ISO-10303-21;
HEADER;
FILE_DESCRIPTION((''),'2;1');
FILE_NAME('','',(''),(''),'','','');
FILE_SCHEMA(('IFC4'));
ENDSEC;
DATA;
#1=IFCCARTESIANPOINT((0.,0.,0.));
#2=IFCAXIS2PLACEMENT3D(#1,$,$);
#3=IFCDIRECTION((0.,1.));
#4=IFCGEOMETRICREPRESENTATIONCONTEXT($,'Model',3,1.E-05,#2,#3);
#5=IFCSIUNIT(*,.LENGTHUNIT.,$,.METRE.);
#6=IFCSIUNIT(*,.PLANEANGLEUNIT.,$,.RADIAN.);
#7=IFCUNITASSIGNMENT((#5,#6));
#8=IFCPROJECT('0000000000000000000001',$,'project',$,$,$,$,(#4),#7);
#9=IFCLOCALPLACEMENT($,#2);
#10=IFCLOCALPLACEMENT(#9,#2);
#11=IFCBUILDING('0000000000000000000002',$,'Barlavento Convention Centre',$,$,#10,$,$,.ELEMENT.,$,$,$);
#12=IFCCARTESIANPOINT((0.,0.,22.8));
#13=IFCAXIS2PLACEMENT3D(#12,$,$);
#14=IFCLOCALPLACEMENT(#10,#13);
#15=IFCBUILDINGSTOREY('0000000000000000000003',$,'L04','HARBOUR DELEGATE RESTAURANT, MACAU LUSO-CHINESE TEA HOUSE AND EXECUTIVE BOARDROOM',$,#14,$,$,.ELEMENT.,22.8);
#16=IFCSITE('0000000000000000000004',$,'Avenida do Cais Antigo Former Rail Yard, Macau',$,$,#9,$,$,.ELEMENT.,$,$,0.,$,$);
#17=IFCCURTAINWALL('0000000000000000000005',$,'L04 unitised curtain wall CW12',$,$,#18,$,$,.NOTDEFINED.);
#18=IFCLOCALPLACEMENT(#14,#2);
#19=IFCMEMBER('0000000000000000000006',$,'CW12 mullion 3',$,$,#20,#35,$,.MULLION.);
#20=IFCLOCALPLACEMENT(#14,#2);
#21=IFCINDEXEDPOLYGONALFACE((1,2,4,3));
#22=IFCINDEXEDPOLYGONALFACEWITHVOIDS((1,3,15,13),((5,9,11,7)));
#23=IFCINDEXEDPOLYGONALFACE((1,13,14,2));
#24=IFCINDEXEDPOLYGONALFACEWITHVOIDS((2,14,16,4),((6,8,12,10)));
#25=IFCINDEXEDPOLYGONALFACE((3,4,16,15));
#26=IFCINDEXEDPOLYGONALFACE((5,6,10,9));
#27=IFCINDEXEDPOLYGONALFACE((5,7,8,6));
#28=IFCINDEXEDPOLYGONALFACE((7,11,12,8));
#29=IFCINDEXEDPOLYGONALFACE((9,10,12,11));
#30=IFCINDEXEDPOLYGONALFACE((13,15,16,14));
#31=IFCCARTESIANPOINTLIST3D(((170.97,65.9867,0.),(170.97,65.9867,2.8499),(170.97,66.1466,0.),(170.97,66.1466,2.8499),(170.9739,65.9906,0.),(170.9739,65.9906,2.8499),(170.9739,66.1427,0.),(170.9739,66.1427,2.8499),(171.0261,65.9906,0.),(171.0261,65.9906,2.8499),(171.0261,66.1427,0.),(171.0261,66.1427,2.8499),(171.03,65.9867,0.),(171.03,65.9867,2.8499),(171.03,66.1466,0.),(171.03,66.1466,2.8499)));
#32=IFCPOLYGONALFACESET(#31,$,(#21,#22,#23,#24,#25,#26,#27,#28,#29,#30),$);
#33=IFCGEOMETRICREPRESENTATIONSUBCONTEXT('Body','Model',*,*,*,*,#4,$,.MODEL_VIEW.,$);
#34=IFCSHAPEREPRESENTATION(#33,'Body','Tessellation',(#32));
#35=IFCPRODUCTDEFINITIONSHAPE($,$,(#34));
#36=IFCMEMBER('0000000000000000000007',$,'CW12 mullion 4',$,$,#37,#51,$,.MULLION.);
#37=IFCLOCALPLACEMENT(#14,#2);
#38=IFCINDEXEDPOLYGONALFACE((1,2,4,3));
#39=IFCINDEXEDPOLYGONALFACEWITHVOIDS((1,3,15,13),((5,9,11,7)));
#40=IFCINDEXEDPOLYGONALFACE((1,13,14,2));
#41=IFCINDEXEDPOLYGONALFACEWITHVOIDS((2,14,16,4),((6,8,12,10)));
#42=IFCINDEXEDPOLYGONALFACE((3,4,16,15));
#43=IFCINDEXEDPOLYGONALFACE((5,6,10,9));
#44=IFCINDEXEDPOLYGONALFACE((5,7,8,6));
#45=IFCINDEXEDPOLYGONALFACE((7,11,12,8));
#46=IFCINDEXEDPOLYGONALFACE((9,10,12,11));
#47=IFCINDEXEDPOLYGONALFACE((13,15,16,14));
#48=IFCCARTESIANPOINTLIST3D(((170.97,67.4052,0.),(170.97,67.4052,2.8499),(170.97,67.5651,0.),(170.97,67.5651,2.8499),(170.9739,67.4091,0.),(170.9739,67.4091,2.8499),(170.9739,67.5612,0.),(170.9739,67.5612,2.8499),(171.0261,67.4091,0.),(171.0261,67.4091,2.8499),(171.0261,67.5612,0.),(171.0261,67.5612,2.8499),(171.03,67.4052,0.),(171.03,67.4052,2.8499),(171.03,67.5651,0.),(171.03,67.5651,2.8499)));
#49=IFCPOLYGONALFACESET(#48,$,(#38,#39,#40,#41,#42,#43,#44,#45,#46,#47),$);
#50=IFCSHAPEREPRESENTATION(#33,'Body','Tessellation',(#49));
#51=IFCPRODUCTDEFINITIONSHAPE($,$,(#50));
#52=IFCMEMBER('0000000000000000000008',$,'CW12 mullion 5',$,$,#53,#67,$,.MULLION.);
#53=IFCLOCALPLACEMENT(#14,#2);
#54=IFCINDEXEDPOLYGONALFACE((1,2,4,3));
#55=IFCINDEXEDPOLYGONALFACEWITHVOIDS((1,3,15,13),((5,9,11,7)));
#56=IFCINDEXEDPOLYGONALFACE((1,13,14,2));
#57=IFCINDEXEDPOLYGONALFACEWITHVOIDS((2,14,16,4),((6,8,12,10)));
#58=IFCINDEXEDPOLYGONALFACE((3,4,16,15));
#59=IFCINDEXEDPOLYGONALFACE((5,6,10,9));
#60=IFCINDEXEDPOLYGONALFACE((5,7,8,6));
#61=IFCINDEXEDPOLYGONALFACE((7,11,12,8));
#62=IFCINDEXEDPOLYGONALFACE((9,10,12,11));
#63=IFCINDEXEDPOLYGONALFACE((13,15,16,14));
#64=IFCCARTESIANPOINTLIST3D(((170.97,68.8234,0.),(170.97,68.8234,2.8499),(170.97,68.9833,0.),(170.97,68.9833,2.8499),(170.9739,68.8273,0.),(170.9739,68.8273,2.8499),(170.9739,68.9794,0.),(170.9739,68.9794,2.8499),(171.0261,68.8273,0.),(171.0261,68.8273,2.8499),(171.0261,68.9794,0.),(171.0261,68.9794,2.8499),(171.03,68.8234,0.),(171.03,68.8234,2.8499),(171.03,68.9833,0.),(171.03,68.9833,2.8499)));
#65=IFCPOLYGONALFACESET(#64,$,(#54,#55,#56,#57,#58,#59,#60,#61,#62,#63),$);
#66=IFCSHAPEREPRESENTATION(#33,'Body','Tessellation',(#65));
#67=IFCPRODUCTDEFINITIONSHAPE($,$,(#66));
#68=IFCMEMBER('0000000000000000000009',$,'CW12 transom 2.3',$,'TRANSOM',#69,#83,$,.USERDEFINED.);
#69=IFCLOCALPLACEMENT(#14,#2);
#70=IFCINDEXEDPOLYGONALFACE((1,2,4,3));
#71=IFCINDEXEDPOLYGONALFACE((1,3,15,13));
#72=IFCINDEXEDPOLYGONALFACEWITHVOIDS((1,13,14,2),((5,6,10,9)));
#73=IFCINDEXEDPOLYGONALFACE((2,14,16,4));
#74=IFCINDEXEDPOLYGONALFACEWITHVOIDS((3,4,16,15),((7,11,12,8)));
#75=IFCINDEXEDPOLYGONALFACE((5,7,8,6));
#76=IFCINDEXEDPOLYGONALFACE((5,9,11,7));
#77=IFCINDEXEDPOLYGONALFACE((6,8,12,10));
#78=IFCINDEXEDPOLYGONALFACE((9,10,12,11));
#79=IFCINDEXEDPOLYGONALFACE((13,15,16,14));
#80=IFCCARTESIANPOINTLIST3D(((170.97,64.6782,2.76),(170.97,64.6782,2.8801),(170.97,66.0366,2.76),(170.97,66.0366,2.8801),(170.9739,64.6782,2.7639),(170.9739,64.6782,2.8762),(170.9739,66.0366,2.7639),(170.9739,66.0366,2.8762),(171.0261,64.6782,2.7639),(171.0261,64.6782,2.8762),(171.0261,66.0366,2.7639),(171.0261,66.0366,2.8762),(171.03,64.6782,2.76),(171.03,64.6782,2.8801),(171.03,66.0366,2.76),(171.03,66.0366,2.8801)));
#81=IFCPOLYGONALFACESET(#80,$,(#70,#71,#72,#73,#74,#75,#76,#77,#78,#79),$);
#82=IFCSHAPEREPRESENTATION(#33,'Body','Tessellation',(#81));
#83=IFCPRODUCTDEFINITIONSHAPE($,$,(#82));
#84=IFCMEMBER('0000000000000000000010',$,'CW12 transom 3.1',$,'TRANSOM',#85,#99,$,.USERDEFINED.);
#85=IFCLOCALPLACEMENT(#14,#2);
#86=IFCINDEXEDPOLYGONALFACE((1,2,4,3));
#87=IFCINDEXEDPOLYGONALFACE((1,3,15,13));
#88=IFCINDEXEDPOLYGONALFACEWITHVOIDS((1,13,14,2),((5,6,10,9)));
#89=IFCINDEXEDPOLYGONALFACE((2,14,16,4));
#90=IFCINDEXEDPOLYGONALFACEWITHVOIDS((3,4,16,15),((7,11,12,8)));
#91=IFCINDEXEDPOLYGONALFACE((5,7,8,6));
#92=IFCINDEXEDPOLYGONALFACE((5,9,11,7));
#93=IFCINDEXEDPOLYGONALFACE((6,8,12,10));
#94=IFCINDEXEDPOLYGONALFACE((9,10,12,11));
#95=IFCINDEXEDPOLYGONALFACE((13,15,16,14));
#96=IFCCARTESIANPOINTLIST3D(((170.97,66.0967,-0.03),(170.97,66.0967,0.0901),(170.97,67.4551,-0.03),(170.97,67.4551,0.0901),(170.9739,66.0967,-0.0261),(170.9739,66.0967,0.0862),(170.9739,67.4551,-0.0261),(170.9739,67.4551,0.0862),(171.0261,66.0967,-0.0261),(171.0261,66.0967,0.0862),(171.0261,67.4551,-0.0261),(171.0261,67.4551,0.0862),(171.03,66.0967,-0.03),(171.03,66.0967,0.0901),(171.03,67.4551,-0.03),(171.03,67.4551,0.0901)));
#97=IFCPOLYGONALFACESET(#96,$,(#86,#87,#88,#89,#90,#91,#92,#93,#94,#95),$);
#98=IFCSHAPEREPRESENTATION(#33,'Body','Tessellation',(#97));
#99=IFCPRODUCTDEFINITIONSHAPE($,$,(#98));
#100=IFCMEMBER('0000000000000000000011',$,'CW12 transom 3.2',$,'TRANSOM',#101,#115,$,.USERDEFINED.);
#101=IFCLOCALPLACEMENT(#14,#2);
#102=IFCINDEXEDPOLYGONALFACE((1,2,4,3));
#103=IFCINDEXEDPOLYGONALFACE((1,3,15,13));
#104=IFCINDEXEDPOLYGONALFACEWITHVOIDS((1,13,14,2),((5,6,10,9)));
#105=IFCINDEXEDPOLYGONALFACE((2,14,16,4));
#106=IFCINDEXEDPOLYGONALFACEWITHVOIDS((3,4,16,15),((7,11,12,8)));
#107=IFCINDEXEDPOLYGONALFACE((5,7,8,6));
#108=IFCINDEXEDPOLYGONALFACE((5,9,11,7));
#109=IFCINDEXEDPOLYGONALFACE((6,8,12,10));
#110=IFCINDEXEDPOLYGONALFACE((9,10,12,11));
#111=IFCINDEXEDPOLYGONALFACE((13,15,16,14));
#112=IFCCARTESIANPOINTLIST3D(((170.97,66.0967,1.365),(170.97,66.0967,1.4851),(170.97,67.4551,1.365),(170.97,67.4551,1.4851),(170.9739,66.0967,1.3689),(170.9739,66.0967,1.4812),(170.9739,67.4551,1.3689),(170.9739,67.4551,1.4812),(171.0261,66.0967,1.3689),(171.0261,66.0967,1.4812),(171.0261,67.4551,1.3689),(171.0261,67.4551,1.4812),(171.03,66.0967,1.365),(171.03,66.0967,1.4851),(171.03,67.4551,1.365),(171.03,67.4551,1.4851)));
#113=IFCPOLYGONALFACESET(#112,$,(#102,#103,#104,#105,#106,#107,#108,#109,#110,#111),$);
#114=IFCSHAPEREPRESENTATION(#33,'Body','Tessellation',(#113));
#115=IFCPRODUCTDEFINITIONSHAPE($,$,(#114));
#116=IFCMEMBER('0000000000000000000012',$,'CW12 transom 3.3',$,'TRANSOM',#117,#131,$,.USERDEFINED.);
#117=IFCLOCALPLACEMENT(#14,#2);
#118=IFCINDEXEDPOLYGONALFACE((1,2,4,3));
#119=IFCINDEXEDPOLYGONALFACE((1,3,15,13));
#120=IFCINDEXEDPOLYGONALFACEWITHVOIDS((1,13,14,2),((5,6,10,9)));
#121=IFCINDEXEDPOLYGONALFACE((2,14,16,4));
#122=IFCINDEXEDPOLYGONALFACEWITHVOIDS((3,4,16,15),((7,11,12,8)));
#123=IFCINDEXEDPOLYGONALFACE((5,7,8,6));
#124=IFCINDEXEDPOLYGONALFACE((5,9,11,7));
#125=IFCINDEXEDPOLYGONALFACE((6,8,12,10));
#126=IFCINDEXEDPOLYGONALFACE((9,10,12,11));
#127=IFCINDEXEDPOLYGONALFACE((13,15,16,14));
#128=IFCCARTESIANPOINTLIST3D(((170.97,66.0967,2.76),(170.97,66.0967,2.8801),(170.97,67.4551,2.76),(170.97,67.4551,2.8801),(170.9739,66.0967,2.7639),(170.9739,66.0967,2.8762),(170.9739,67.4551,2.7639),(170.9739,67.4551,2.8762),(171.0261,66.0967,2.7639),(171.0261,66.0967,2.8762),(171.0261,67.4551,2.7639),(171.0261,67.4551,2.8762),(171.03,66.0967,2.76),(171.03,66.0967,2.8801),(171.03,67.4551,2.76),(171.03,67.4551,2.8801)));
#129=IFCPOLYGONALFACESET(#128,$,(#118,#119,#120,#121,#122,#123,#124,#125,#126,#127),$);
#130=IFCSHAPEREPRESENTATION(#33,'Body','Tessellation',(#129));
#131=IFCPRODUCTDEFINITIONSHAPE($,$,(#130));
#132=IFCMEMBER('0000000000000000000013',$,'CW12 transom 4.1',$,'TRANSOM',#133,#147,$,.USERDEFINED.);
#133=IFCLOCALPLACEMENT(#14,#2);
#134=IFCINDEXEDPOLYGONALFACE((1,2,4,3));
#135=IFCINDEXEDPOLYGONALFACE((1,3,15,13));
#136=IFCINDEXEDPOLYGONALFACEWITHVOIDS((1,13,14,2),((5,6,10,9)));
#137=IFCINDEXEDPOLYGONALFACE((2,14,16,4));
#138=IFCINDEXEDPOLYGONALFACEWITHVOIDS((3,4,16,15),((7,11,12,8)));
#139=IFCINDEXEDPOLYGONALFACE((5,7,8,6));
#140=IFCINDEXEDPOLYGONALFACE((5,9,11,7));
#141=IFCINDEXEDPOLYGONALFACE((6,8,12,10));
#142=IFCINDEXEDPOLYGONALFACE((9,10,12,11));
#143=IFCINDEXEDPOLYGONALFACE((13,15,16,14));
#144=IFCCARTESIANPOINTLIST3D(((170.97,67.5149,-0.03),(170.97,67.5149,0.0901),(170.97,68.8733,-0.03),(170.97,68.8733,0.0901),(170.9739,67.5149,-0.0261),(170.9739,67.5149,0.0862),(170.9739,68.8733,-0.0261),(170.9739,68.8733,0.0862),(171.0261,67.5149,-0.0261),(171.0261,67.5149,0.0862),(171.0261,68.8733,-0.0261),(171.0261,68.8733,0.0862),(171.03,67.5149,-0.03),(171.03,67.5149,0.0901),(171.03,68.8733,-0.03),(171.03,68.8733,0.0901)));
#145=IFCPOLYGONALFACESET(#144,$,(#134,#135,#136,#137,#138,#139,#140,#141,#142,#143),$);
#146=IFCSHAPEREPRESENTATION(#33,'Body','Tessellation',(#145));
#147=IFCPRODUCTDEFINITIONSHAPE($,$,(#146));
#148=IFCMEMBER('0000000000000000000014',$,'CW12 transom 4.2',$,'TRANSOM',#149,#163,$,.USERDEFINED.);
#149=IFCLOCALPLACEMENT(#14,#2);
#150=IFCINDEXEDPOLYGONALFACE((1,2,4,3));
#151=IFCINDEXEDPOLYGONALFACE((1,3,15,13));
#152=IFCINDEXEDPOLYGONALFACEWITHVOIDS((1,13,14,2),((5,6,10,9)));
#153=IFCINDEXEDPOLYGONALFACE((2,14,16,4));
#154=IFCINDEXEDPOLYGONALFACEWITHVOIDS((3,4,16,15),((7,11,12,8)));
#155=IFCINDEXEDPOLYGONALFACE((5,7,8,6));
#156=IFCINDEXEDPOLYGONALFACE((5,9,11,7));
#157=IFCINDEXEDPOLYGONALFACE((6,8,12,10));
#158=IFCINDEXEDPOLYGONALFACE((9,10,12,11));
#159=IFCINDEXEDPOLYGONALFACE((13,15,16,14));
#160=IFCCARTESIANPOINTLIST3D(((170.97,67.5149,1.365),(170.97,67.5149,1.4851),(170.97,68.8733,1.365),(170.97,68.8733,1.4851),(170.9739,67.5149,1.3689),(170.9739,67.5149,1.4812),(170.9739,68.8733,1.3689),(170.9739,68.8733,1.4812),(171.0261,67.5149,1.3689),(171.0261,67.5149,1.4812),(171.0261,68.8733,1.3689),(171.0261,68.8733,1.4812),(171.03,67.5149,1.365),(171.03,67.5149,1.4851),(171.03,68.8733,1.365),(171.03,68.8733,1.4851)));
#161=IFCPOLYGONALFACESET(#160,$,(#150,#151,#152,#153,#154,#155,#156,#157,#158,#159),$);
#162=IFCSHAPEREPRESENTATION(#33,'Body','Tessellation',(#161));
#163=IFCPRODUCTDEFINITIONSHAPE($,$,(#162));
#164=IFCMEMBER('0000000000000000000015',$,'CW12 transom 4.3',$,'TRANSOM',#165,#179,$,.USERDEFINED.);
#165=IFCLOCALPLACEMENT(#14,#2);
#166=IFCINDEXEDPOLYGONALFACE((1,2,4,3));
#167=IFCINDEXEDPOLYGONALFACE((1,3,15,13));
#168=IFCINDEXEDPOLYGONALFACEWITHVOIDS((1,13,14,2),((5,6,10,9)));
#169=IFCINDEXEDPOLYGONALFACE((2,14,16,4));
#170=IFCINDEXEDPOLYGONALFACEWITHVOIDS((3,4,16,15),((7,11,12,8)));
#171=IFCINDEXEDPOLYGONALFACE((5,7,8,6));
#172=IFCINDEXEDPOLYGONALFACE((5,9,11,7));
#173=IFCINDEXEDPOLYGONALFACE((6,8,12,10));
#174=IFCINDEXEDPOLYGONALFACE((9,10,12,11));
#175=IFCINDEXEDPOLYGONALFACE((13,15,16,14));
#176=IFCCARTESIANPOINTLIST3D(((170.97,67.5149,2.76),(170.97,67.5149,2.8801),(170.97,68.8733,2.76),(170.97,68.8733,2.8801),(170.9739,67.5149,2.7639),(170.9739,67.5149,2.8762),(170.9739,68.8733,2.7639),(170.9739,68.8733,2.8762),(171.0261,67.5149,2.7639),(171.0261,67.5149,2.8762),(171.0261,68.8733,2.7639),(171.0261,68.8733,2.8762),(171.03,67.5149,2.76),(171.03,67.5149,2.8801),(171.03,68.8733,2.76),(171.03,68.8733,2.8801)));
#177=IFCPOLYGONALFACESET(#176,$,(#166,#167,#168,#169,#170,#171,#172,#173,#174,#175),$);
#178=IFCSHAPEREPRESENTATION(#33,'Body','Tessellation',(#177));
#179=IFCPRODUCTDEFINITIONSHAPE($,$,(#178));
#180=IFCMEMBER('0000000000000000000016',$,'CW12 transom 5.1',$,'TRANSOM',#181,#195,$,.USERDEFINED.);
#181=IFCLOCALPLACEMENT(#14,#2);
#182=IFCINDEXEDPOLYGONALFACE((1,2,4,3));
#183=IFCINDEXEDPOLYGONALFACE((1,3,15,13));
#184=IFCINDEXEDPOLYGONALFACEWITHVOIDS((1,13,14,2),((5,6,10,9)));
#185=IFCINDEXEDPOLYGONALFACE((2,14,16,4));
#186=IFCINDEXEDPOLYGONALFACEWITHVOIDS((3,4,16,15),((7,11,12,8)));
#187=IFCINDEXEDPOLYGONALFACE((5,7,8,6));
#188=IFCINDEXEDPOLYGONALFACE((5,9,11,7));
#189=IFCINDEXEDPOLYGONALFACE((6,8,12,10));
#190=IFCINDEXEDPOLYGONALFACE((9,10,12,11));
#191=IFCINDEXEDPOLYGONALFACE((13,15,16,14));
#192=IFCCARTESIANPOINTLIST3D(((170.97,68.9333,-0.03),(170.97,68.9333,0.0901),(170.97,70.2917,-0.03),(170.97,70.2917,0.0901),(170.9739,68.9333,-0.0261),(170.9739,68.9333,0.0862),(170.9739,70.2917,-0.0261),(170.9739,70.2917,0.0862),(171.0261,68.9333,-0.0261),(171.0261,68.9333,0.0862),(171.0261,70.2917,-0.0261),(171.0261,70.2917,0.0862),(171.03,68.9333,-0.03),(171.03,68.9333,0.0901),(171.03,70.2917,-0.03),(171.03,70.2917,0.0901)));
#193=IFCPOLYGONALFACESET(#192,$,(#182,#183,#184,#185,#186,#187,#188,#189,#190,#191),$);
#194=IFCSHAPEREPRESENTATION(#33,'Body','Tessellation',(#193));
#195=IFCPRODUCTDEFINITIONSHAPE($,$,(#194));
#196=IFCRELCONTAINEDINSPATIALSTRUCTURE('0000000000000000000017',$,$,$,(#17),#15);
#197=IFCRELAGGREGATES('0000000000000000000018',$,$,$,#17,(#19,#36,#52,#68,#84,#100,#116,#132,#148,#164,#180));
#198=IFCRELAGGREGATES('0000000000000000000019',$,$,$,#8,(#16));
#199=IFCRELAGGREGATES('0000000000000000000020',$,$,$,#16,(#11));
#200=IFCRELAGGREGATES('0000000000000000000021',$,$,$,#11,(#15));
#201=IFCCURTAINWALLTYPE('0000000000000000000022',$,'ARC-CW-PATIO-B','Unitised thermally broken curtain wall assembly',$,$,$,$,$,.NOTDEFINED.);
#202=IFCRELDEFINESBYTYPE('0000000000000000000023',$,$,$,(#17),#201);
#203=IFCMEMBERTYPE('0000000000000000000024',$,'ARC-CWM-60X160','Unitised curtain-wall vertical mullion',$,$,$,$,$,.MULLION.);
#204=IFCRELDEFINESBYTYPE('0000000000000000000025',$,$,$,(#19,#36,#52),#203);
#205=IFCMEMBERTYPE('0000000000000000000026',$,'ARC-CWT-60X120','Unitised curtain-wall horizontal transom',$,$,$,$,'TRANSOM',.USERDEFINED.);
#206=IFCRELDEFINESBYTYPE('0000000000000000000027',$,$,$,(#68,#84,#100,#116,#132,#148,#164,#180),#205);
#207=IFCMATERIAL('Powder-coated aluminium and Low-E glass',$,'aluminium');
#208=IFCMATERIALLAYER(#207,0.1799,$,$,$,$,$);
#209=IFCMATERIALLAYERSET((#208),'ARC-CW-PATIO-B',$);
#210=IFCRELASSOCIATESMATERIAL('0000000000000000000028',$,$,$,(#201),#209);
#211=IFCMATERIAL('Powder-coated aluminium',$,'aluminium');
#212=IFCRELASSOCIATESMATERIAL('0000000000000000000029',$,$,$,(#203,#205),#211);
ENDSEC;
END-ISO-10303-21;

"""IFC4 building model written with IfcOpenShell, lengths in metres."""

from ifc_helpers import new_model, si_unit, direction, frame, origin, origin_2d, place, context, subcontext, project, spatial, hollow_rectangle, extrude, material, layer, layer_set, material_profile, profile_set, type_object, element, aggregate, save


model = new_model("IFC4")

# Units and contexts
model_context = context("Model", 3, precision=1e-05, world=origin(), true_north=direction((0.0, 1.0)))
body_context = subcontext(model_context, "Body", "Model", "MODEL_VIEW")
ifc_project = project(units=[si_unit("LENGTHUNIT", "METRE"), si_unit("PLANEANGLEUNIT", "RADIAN")], contexts=[model_context])

# Site, building, storey
site_placement = place(None, origin())
site = spatial("IfcSite", under=ifc_project, at=site_placement, Name="Avenida do Cais Antigo Former Rail Yard, Macau", CompositionType="ELEMENT", RefElevation=0.0)
building_placement = place(site_placement, origin())
building = spatial("IfcBuilding", under=site, at=building_placement, Name="Barlavento Convention Centre", CompositionType="ELEMENT")
storey_placement = place(building_placement, frame((0.0, 0.0, 22.8)))
storey = spatial("IfcBuildingStorey", under=building, at=storey_placement, Name="L04", Description="HARBOUR DELEGATE RESTAURANT, MACAU LUSO-CHINESE TEA HOUSE AND EXECUTIVE BOARDROOM", CompositionType="ELEMENT", Elevation=22.8)

# Curtain wall, members
ifc_material_1 = material(Name="Powder-coated aluminium and Low-E glass", Category="aluminium")
ifc_layer_1 = layer(ifc_material_1, 0.1799)
ifc_layer_set_1 = layer_set([ifc_layer_1], Name="ARC-CW-PATIO-B")
curtain_wall_type = type_object("IfcCurtainWallType", Name="ARC-CW-PATIO-B", Description="Unitised thermally broken curtain wall assembly", PredefinedType="NOTDEFINED", material=ifc_layer_set_1)
curtain_wall_placement = place(storey_placement, origin())
curtain_wall = element("IfcCurtainWall", 1, at=curtain_wall_placement, inside=storey, type_object=curtain_wall_type, Name="L04 unitised curtain wall CW12", PredefinedType="NOTDEFINED")
ifc_material_2 = material(Name="Powder-coated aluminium", Category="aluminium")
ifc_material_profile_1 = material_profile(ifc_material_2, hollow_rectangle(XDim=0.0601, YDim=0.1599, WallThickness=0.0039, at=origin_2d()), Name="AL-MULL 60x160x4")
ifc_profile_set_1 = profile_set([ifc_material_profile_1], Name="Powder-coated aluminium")
member_type_1 = type_object("IfcMemberType", Name="ARC-CWM-60X160", Description="Unitised curtain-wall vertical mullion", PredefinedType="MULLION", material=ifc_profile_set_1)
member_1_placement = place(storey_placement, frame((171.0, 66.0667, 0.0), z_axis=(0.0, 0.0, 1.0), x_axis=(-1.0, 0.0, 0.0)))
member_1 = element("IfcMember", 2, at=member_1_placement, type_object=member_type_1, Name="CW12 mullion 3", PredefinedType="MULLION", context=body_context, shape_type="SweptSolid", body=[
    extrude(hollow_rectangle(XDim=0.0601, YDim=0.1599, WallThickness=0.0039, at=origin_2d()), origin(), (0.0, 0.0, 1.0), 2.8499),
])
member_2_placement = place(storey_placement, frame((171.0, 67.4851, 0.0), z_axis=(0.0, 0.0, 1.0), x_axis=(-1.0, 0.0, 0.0)))
member_2 = element("IfcMember", 3, at=member_2_placement, type_object=member_type_1, Name="CW12 mullion 4", PredefinedType="MULLION", context=body_context, shape_type="SweptSolid", body=[
    extrude(hollow_rectangle(XDim=0.0601, YDim=0.1599, WallThickness=0.0039, at=origin_2d()), origin(), (0.0, 0.0, 1.0), 2.8499),
])
member_3_placement = place(storey_placement, frame((171.0, 68.9033, 0.0), z_axis=(0.0, 0.0, 1.0), x_axis=(-1.0, 0.0, 0.0)))
member_3 = element("IfcMember", 4, at=member_3_placement, type_object=member_type_1, Name="CW12 mullion 5", PredefinedType="MULLION", context=body_context, shape_type="SweptSolid", body=[
    extrude(hollow_rectangle(XDim=0.0601, YDim=0.1599, WallThickness=0.0039, at=origin_2d()), origin(), (0.0, 0.0, 1.0), 2.8499),
])
ifc_material_profile_2 = material_profile(ifc_material_2, hollow_rectangle(XDim=0.0601, YDim=0.1201, WallThickness=0.0039, at=origin_2d()), Name="AL-TRAN 60x120x4")
ifc_profile_set_2 = profile_set([ifc_material_profile_2], Name="Powder-coated aluminium")
member_type_2 = type_object("IfcMemberType", Name="ARC-CWT-60X120", Description="Unitised curtain-wall horizontal transom", ElementType="TRANSOM", PredefinedType="USERDEFINED", material=ifc_profile_set_2)
member_4_placement = place(storey_placement, frame((171.0, 64.6782, 2.8201), z_axis=(0.0, 1.0, 0.0), x_axis=(-1.0, 0.0, 0.0)))
member_4 = element("IfcMember", 5, at=member_4_placement, type_object=member_type_2, Name="CW12 transom 2.3", ObjectType="TRANSOM", PredefinedType="USERDEFINED", context=body_context, shape_type="SweptSolid", body=[
    extrude(hollow_rectangle(XDim=0.0601, YDim=0.1201, WallThickness=0.0039, at=origin_2d()), origin(), (0.0, 0.0, 1.0), 1.3584),
])
member_5_placement = place(storey_placement, frame((171.0, 66.0967, 0.03), z_axis=(0.0, 1.0, 0.0), x_axis=(-1.0, 0.0, 0.0)))
member_5 = element("IfcMember", 6, at=member_5_placement, type_object=member_type_2, Name="CW12 transom 3.1", ObjectType="TRANSOM", PredefinedType="USERDEFINED", context=body_context, shape_type="SweptSolid", body=[
    extrude(hollow_rectangle(XDim=0.0601, YDim=0.1201, WallThickness=0.0039, at=origin_2d()), origin(), (0.0, 0.0, 1.0), 1.3584),
])
member_6_placement = place(storey_placement, frame((171.0, 66.0967, 1.425), z_axis=(0.0, 1.0, 0.0), x_axis=(-1.0, 0.0, 0.0)))
member_6 = element("IfcMember", 7, at=member_6_placement, type_object=member_type_2, Name="CW12 transom 3.2", ObjectType="TRANSOM", PredefinedType="USERDEFINED", context=body_context, shape_type="SweptSolid", body=[
    extrude(hollow_rectangle(XDim=0.0601, YDim=0.1201, WallThickness=0.0039, at=origin_2d()), origin(), (0.0, 0.0, 1.0), 1.3584),
])
member_7_placement = place(storey_placement, frame((171.0, 66.0967, 2.8201), z_axis=(0.0, 1.0, 0.0), x_axis=(-1.0, 0.0, 0.0)))
member_7 = element("IfcMember", 8, at=member_7_placement, type_object=member_type_2, Name="CW12 transom 3.3", ObjectType="TRANSOM", PredefinedType="USERDEFINED", context=body_context, shape_type="SweptSolid", body=[
    extrude(hollow_rectangle(XDim=0.0601, YDim=0.1201, WallThickness=0.0039, at=origin_2d()), origin(), (0.0, 0.0, 1.0), 1.3584),
])
member_8_placement = place(storey_placement, frame((171.0, 67.5149, 0.03), z_axis=(0.0, 1.0, 0.0), x_axis=(-1.0, 0.0, 0.0)))
member_8 = element("IfcMember", 9, at=member_8_placement, type_object=member_type_2, Name="CW12 transom 4.1", ObjectType="TRANSOM", PredefinedType="USERDEFINED", context=body_context, shape_type="SweptSolid", body=[
    extrude(hollow_rectangle(XDim=0.0601, YDim=0.1201, WallThickness=0.0039, at=origin_2d()), origin(), (0.0, 0.0, 1.0), 1.3584),
])
member_9_placement = place(storey_placement, frame((171.0, 67.5149, 1.425), z_axis=(0.0, 1.0, 0.0), x_axis=(-1.0, 0.0, 0.0)))
member_9 = element("IfcMember", 10, at=member_9_placement, type_object=member_type_2, Name="CW12 transom 4.2", ObjectType="TRANSOM", PredefinedType="USERDEFINED", context=body_context, shape_type="SweptSolid", body=[
    extrude(hollow_rectangle(XDim=0.0601, YDim=0.1201, WallThickness=0.0039, at=origin_2d()), origin(), (0.0, 0.0, 1.0), 1.3584),
])
member_10_placement = place(storey_placement, frame((171.0, 67.5149, 2.8201), z_axis=(0.0, 1.0, 0.0), x_axis=(-1.0, 0.0, 0.0)))
member_10 = element("IfcMember", 11, at=member_10_placement, type_object=member_type_2, Name="CW12 transom 4.3", ObjectType="TRANSOM", PredefinedType="USERDEFINED", context=body_context, shape_type="SweptSolid", body=[
    extrude(hollow_rectangle(XDim=0.0601, YDim=0.1201, WallThickness=0.0039, at=origin_2d()), origin(), (0.0, 0.0, 1.0), 1.3584),
])
member_11_placement = place(storey_placement, frame((171.0, 68.9333, 0.03), z_axis=(0.0, 1.0, 0.0), x_axis=(-1.0, 0.0, 0.0)))
member_11 = element("IfcMember", 12, at=member_11_placement, type_object=member_type_2, Name="CW12 transom 5.1", ObjectType="TRANSOM", PredefinedType="USERDEFINED", context=body_context, shape_type="SweptSolid", body=[
    extrude(hollow_rectangle(XDim=0.0601, YDim=0.1201, WallThickness=0.0039, at=origin_2d()), origin(), (0.0, 0.0, 1.0), 1.3584),
])
aggregate(curtain_wall, [member_1, member_2, member_3, member_4, member_5, member_6, member_7, member_8, member_9, member_10, member_11])

save(model, "model.ifc")
